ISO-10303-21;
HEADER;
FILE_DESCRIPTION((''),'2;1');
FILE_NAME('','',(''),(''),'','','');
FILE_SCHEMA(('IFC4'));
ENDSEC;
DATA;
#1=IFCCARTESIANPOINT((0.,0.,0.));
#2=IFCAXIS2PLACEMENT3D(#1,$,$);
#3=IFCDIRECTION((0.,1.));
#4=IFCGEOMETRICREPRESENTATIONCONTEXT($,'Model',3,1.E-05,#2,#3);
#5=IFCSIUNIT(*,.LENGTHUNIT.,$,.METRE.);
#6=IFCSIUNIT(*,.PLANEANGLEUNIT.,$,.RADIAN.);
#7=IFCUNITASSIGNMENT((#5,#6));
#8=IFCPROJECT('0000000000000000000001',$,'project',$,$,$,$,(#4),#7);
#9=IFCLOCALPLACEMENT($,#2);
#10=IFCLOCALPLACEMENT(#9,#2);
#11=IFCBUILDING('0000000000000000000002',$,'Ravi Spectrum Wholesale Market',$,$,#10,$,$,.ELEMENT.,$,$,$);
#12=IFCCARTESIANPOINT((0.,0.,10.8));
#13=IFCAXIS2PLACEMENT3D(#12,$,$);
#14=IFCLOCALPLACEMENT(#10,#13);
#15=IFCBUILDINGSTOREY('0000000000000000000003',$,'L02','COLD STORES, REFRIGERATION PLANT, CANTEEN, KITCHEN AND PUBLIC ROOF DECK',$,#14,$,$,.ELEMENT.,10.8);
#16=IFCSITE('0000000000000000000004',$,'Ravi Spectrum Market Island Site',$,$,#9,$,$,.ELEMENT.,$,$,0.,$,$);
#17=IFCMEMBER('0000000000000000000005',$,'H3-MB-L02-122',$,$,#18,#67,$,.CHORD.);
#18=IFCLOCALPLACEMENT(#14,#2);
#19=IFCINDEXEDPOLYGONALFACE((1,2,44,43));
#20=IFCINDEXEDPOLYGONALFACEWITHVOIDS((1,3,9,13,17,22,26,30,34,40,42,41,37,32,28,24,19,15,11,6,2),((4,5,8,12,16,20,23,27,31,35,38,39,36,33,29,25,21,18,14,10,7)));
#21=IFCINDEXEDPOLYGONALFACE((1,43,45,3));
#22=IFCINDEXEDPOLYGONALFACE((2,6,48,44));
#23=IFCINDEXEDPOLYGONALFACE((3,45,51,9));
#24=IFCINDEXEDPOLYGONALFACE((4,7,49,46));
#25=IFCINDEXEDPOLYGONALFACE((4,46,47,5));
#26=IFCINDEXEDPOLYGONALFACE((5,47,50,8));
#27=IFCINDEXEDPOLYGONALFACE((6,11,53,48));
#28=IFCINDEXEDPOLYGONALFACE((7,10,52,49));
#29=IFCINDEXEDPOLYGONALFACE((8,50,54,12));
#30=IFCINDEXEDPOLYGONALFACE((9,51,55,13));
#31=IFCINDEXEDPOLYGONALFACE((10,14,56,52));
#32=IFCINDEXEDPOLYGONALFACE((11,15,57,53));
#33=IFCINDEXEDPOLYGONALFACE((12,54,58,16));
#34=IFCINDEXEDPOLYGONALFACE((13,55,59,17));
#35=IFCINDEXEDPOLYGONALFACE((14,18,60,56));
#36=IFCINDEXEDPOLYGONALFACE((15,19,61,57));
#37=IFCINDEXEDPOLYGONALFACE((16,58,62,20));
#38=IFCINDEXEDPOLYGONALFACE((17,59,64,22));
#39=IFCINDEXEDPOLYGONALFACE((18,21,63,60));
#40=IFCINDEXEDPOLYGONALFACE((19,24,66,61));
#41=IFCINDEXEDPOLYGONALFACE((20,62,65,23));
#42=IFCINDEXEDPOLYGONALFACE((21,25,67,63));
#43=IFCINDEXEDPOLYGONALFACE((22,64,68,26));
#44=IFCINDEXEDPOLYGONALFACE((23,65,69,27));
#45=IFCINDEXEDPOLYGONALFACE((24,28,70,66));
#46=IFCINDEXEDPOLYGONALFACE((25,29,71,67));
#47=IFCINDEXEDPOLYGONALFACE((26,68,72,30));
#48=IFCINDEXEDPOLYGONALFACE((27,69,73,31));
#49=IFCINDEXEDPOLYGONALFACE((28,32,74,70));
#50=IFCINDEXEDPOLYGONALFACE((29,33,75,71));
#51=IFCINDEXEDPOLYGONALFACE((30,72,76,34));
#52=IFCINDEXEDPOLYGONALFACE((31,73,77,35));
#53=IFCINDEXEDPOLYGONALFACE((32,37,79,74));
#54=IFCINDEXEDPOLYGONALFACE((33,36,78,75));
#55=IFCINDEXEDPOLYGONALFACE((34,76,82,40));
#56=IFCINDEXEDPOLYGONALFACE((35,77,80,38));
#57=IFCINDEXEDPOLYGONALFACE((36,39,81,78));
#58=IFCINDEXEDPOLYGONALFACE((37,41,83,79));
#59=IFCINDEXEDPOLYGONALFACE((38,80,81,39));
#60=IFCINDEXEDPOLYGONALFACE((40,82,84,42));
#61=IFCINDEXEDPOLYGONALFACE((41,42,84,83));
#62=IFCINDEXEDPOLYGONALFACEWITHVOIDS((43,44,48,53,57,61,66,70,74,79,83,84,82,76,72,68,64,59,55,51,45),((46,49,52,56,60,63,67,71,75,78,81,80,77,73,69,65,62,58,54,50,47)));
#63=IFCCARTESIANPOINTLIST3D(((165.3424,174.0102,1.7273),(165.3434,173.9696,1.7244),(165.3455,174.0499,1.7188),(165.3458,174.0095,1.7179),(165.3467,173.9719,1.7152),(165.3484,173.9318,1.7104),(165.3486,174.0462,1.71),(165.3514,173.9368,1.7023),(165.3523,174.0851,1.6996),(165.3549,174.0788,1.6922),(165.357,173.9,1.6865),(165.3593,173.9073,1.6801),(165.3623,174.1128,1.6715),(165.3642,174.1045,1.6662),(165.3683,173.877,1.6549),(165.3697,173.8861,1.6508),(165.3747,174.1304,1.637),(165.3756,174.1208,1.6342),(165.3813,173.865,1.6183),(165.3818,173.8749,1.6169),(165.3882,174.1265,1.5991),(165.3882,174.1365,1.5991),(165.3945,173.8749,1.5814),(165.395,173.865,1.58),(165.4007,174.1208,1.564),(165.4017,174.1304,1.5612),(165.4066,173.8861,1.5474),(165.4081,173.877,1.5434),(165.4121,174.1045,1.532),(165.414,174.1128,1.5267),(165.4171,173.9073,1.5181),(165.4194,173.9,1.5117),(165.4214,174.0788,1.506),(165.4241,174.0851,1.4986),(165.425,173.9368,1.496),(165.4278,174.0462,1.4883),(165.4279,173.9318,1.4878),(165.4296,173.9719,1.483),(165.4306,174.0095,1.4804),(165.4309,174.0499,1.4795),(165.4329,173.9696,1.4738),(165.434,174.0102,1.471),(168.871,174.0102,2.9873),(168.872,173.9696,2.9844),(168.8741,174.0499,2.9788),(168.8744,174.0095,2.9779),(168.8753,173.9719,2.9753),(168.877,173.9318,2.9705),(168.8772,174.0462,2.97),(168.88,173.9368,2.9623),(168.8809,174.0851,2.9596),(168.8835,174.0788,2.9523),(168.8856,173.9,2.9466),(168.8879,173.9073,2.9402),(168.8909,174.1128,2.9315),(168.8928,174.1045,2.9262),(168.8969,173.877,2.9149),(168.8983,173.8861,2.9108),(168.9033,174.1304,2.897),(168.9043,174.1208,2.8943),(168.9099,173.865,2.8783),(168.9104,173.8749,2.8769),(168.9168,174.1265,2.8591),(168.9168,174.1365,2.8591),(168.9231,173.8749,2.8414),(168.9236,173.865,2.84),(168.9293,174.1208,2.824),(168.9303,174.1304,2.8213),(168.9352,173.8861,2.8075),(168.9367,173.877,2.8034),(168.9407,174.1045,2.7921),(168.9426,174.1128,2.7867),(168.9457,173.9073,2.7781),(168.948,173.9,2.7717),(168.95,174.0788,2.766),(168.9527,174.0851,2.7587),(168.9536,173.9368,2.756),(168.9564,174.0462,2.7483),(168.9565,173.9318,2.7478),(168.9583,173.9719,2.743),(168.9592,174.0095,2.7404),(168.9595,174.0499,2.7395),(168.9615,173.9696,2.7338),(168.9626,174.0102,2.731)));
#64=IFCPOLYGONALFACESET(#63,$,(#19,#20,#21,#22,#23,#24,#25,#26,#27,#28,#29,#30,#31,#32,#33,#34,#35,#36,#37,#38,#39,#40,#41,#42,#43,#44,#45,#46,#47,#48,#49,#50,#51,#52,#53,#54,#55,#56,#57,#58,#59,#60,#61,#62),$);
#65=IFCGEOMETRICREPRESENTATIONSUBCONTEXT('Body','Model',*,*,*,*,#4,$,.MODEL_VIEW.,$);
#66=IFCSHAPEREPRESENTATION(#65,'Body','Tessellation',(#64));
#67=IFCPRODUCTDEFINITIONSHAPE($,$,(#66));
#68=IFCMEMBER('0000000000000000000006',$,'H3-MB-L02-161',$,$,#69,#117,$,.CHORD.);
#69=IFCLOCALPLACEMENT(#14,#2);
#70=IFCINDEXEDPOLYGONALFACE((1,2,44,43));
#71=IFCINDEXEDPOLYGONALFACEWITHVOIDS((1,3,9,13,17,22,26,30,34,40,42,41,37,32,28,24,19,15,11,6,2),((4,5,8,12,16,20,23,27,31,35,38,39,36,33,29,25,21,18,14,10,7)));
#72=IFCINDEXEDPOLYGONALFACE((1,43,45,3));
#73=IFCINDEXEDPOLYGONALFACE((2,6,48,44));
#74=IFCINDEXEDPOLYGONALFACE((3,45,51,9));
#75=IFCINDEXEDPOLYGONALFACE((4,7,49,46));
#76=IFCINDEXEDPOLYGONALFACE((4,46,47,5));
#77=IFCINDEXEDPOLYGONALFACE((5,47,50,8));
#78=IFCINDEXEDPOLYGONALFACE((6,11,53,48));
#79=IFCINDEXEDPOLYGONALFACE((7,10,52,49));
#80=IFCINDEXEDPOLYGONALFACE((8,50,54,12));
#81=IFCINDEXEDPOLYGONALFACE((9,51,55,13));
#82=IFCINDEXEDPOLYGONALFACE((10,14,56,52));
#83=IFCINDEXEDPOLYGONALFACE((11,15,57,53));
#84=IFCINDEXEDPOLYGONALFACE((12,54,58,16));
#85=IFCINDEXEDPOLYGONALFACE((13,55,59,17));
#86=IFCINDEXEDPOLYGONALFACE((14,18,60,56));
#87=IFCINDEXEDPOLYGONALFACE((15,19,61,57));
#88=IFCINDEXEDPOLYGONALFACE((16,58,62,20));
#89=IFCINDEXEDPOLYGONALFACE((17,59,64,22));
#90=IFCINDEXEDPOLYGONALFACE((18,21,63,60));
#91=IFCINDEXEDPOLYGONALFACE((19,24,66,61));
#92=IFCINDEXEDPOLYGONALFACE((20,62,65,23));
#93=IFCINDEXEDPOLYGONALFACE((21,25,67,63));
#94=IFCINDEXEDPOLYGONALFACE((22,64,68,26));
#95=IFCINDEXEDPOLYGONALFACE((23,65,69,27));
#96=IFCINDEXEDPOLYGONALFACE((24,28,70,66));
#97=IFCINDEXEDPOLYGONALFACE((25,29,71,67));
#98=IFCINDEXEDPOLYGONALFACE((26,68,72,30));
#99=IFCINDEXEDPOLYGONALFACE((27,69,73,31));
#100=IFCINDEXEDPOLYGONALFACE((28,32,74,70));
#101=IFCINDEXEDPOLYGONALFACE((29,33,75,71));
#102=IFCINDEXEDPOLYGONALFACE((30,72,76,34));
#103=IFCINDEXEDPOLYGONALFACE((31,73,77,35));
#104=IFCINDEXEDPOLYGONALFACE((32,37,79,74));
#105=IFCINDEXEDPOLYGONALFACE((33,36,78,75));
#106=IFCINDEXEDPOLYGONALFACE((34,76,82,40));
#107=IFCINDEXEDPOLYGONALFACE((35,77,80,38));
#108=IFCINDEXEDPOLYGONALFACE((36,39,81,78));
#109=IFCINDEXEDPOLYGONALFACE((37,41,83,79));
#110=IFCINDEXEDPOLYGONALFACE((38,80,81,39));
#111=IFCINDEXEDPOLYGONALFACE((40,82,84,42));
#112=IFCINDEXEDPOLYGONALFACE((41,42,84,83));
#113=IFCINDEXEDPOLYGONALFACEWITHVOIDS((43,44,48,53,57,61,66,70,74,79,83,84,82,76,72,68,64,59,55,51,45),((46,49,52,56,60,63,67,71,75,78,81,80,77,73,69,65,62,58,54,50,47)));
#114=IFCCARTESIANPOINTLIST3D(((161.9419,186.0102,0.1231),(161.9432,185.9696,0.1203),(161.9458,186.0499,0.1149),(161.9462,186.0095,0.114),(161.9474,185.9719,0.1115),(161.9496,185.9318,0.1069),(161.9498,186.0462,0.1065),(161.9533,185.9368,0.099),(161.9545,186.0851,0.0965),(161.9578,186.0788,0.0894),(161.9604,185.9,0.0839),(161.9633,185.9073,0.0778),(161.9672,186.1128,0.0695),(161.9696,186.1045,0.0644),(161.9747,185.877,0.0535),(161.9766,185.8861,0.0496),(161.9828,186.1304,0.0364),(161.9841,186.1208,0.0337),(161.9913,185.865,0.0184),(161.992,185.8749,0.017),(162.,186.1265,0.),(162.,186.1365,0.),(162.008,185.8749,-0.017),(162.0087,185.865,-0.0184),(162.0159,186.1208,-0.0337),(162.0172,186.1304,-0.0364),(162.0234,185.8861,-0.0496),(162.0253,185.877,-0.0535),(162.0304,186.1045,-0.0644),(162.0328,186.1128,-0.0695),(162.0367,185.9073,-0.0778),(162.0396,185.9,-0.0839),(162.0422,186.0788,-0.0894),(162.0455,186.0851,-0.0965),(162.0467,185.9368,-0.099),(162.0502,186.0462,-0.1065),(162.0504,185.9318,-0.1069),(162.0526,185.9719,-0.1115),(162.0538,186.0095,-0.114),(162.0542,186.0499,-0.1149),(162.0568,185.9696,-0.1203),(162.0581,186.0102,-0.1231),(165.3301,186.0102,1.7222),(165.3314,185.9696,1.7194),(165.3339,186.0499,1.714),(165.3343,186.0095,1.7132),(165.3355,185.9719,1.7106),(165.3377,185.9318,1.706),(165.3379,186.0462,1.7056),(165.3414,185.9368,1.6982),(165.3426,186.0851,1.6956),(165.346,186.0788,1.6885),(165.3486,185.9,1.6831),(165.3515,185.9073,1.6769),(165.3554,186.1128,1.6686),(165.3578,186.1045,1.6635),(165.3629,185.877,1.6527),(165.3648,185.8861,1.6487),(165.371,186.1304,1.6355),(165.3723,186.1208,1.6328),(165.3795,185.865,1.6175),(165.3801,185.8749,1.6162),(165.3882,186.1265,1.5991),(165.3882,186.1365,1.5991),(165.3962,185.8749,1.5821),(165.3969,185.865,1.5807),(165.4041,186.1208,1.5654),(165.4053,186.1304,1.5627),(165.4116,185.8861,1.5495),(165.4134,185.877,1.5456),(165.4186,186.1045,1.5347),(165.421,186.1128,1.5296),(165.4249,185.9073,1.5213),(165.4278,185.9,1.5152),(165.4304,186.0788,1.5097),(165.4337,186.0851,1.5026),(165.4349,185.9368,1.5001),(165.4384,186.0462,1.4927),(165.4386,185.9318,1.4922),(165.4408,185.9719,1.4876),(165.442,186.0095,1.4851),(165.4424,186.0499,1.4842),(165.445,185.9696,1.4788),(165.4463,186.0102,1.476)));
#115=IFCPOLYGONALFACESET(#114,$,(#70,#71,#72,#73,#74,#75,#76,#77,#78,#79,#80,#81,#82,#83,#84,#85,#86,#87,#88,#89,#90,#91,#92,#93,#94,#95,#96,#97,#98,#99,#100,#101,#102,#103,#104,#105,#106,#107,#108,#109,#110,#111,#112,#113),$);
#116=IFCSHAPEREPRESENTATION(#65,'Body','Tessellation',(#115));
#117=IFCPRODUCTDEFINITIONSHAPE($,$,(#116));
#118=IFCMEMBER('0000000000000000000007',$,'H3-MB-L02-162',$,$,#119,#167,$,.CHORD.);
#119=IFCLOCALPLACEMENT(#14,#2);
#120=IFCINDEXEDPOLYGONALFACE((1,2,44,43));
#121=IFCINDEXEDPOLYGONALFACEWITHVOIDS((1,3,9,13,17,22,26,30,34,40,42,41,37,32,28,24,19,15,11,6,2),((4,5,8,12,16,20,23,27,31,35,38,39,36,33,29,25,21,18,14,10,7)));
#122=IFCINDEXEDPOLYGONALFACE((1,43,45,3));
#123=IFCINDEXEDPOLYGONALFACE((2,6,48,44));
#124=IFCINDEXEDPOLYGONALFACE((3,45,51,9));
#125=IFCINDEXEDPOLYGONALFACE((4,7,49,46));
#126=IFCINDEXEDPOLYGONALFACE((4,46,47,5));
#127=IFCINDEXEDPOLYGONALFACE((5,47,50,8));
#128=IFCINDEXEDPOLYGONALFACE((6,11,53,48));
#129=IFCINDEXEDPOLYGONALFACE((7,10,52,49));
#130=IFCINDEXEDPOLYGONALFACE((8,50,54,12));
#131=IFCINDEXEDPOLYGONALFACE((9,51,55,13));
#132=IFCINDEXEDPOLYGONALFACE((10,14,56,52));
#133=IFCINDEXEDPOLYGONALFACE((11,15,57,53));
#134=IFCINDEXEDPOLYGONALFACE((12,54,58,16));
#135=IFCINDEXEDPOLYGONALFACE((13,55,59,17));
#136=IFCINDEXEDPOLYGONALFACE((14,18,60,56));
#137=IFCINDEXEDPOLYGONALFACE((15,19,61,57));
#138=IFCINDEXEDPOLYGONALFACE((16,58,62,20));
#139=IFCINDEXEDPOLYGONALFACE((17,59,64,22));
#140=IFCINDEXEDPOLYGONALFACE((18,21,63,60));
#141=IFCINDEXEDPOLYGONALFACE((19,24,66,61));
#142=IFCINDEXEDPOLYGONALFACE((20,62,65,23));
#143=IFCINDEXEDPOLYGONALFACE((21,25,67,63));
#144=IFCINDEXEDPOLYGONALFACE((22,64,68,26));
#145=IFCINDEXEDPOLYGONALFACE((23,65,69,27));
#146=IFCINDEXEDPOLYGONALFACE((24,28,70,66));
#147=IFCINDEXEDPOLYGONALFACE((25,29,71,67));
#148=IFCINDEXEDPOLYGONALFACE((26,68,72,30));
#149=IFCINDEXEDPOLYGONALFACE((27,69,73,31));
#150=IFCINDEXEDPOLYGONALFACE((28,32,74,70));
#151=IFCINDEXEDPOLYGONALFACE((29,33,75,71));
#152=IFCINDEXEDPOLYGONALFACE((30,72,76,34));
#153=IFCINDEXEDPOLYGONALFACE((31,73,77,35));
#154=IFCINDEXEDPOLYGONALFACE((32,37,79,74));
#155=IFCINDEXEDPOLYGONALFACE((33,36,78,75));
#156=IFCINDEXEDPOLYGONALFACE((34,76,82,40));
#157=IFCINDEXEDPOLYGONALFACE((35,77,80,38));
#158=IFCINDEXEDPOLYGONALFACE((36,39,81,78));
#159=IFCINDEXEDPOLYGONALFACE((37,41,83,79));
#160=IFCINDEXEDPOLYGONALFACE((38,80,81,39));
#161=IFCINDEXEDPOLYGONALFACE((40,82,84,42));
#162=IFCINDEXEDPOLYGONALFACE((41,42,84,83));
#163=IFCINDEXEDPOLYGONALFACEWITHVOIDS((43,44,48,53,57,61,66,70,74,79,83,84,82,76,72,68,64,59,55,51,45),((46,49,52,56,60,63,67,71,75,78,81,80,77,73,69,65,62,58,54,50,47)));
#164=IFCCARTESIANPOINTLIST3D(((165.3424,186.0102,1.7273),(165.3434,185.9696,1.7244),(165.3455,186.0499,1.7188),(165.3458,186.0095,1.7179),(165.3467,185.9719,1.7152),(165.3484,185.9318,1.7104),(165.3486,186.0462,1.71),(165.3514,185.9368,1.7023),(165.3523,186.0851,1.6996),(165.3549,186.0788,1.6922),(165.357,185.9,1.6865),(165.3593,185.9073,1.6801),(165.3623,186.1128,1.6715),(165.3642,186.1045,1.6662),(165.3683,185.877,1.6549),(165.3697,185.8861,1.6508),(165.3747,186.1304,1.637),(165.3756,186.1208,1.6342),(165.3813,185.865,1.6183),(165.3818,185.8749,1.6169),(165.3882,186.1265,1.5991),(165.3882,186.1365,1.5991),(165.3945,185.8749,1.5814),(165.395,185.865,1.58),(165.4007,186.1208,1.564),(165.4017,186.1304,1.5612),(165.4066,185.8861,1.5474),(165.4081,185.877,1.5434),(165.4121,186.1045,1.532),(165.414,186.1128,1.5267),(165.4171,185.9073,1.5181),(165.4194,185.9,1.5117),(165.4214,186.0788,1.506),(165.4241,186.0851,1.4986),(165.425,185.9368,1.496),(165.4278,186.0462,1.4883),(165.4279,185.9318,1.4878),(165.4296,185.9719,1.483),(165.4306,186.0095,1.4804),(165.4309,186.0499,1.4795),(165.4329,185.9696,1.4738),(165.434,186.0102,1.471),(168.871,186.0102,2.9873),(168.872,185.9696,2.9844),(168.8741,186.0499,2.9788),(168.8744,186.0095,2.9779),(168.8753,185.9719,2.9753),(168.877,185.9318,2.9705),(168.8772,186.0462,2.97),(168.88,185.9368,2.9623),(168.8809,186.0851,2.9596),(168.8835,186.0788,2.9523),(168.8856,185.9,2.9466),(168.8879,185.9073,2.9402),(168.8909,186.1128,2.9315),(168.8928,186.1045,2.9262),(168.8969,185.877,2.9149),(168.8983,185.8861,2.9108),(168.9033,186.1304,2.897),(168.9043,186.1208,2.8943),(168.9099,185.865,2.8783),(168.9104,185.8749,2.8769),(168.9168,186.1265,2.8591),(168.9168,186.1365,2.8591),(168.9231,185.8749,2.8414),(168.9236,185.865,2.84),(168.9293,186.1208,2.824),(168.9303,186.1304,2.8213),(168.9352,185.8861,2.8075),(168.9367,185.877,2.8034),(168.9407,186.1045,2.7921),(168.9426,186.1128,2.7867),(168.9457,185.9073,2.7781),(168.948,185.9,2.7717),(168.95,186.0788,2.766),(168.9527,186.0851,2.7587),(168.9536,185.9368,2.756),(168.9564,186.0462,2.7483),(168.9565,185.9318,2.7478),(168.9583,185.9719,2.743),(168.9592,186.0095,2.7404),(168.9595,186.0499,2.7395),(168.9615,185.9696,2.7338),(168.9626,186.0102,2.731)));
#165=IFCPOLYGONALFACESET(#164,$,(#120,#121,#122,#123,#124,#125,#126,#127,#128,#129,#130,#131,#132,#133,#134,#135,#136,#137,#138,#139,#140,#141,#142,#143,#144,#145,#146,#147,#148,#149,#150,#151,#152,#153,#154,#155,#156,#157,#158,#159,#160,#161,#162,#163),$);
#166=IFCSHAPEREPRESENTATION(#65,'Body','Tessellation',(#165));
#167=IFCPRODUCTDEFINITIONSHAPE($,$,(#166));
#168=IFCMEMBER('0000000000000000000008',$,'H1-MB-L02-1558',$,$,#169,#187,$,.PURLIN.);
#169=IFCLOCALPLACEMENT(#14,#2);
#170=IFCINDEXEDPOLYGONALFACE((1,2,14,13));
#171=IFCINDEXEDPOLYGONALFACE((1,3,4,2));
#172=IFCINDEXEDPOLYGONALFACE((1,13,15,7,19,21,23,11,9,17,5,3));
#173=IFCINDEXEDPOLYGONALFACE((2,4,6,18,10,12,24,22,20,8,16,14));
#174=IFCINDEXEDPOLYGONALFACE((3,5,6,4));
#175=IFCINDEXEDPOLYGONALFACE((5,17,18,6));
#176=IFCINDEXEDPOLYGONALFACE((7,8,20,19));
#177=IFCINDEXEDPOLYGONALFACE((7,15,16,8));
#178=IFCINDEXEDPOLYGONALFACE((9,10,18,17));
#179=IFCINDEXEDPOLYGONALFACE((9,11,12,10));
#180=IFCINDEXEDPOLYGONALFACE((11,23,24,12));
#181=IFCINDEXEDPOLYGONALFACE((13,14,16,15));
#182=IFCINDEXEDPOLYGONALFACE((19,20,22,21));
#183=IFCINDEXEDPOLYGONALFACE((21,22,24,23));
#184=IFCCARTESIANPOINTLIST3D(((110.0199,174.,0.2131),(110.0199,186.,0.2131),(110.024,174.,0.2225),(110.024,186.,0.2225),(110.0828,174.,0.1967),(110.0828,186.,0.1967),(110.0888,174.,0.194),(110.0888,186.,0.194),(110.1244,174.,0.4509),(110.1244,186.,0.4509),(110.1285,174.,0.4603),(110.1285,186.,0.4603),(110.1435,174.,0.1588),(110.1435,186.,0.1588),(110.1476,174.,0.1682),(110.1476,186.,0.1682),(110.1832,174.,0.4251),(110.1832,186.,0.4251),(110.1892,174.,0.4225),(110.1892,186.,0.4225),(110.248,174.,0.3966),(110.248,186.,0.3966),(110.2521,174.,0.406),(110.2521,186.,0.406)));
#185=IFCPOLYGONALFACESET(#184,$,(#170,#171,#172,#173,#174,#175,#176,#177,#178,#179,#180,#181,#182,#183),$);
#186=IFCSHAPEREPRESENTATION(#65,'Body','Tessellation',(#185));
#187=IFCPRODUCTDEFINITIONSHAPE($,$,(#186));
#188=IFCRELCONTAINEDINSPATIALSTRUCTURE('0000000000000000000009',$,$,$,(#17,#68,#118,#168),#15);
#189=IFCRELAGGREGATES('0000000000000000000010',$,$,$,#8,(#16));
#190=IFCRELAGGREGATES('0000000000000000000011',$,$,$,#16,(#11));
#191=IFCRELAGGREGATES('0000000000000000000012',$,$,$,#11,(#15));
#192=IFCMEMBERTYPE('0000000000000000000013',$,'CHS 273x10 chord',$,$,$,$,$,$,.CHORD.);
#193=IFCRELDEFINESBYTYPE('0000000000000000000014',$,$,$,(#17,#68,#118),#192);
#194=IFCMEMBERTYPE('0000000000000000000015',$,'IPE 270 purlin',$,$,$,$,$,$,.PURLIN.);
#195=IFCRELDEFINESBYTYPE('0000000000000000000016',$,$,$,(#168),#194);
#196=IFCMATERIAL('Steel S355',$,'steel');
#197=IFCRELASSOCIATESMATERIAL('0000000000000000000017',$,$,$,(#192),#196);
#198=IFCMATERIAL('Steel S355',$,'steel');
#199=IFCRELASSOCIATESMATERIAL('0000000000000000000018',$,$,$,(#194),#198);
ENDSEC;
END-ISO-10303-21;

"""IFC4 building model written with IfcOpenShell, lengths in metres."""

from ifc_helpers import new_model, si_unit, direction, frame, origin, origin_2d, place, context, subcontext, project, spatial, hollow_circle, i_section, extrude, material, material_profile, profile_set, type_object, element, save


model = new_model("IFC4")

# Units and contexts
model_context = context("Model", 3, precision=1e-05, world=origin(), true_north=direction((0.0, 1.0)))
body_context = subcontext(model_context, "Body", "Model", "MODEL_VIEW")
ifc_project = project(units=[si_unit("LENGTHUNIT", "METRE"), si_unit("PLANEANGLEUNIT", "RADIAN")], contexts=[model_context])

# Site, building, storey
site_placement = place(None, origin())
site = spatial("IfcSite", under=ifc_project, at=site_placement, Name="Ravi Spectrum Market Island Site", CompositionType="ELEMENT", RefElevation=0.0)
building_placement = place(site_placement, origin())
building = spatial("IfcBuilding", under=site, at=building_placement, Name="Ravi Spectrum Wholesale Market", CompositionType="ELEMENT")
storey_placement = place(building_placement, frame((0.0, 0.0, 10.8)))
storey = spatial("IfcBuildingStorey", under=building, at=storey_placement, Name="L02", Description="COLD STORES, REFRIGERATION PLANT, CANTEEN, KITCHEN AND PUBLIC ROOF DECK", CompositionType="ELEMENT", Elevation=10.8)

# Members
ifc_material_1 = material(Name="Steel S355", Category="steel")
ifc_material_profile_1 = material_profile(ifc_material_1, hollow_circle(Radius=0.1365, WallThickness=0.01, at=origin_2d()))
ifc_profile_set_1 = profile_set([ifc_material_profile_1], Name="Steel S355")
member_type_1 = type_object("IfcMemberType", Name="CHS 273x10 chord", PredefinedType="CHORD", material=ifc_profile_set_1)
member_1_placement = place(storey_placement, frame((165.3882, 174.0, 1.5991), z_axis=(0.941758, 0.0, 0.336291), x_axis=(0.0, 1.0, 0.0)))
element("IfcMember", 1, at=member_1_placement, inside=storey, type_object=member_type_1, Name="H3-MB-L02-122", PredefinedType="CHORD", context=body_context, shape_type="SweptSolid", body=[
    extrude(hollow_circle(Radius=0.1365, WallThickness=0.01, at=origin_2d()), origin(), (0.0, 0.0, 1.0), 3.7468),
])
member_2_placement = place(storey_placement, frame((162.0, 186.0, 0.0), z_axis=(0.904337, 0.0, 0.42682), x_axis=(0.0, 1.0, 0.0)))
element("IfcMember", 2, at=member_2_placement, inside=storey, type_object=member_type_1, Name="H3-MB-L02-161", PredefinedType="CHORD", context=body_context, shape_type="SweptSolid", body=[
    extrude(hollow_circle(Radius=0.1365, WallThickness=0.01, at=origin_2d()), origin(), (0.0, 0.0, 1.0), 3.7466),
])
member_3_placement = place(storey_placement, frame((165.3882, 186.0, 1.5991), z_axis=(0.941758, 0.0, 0.336291), x_axis=(0.0, 1.0, 0.0)))
element("IfcMember", 3, at=member_3_placement, inside=storey, type_object=member_type_1, Name="H3-MB-L02-162", PredefinedType="CHORD", context=body_context, shape_type="SweptSolid", body=[
    extrude(hollow_circle(Radius=0.1365, WallThickness=0.01, at=origin_2d()), origin(), (0.0, 0.0, 1.0), 3.7468),
])
ifc_material_2 = material(Name="Steel S355", Category="steel")
ifc_material_profile_2 = material_profile(ifc_material_2, i_section(OverallWidth=0.135, OverallDepth=0.27, WebThickness=0.0066, FlangeThickness=0.0103, at=origin_2d()))
ifc_profile_set_2 = profile_set([ifc_material_profile_2], Name="Steel S355")
member_type_2 = type_object("IfcMemberType", Name="IPE 270 purlin", PredefinedType="PURLIN", material=ifc_profile_set_2)
for number, where, z_axis, x_axis, name in (
    (4, (110.136, 174.0, 0.3096), (0.0, 1.0, 0.0), (-0.915525, 0.0, 0.40226), "H1-MB-L02-1558"),
):
    element("IfcMember", number, at=place(storey_placement, frame(where, z_axis=z_axis, x_axis=x_axis)), inside=storey, type_object=member_type_2, Name=name, PredefinedType="PURLIN", context=body_context, shape_type="SweptSolid", body=[
        extrude(i_section(OverallWidth=0.135, OverallDepth=0.27, WebThickness=0.0066, FlangeThickness=0.0103, at=origin_2d()), origin(), (0.0, 0.0, 1.0), 12.0),
    ])

save(model, "model.ifc")
